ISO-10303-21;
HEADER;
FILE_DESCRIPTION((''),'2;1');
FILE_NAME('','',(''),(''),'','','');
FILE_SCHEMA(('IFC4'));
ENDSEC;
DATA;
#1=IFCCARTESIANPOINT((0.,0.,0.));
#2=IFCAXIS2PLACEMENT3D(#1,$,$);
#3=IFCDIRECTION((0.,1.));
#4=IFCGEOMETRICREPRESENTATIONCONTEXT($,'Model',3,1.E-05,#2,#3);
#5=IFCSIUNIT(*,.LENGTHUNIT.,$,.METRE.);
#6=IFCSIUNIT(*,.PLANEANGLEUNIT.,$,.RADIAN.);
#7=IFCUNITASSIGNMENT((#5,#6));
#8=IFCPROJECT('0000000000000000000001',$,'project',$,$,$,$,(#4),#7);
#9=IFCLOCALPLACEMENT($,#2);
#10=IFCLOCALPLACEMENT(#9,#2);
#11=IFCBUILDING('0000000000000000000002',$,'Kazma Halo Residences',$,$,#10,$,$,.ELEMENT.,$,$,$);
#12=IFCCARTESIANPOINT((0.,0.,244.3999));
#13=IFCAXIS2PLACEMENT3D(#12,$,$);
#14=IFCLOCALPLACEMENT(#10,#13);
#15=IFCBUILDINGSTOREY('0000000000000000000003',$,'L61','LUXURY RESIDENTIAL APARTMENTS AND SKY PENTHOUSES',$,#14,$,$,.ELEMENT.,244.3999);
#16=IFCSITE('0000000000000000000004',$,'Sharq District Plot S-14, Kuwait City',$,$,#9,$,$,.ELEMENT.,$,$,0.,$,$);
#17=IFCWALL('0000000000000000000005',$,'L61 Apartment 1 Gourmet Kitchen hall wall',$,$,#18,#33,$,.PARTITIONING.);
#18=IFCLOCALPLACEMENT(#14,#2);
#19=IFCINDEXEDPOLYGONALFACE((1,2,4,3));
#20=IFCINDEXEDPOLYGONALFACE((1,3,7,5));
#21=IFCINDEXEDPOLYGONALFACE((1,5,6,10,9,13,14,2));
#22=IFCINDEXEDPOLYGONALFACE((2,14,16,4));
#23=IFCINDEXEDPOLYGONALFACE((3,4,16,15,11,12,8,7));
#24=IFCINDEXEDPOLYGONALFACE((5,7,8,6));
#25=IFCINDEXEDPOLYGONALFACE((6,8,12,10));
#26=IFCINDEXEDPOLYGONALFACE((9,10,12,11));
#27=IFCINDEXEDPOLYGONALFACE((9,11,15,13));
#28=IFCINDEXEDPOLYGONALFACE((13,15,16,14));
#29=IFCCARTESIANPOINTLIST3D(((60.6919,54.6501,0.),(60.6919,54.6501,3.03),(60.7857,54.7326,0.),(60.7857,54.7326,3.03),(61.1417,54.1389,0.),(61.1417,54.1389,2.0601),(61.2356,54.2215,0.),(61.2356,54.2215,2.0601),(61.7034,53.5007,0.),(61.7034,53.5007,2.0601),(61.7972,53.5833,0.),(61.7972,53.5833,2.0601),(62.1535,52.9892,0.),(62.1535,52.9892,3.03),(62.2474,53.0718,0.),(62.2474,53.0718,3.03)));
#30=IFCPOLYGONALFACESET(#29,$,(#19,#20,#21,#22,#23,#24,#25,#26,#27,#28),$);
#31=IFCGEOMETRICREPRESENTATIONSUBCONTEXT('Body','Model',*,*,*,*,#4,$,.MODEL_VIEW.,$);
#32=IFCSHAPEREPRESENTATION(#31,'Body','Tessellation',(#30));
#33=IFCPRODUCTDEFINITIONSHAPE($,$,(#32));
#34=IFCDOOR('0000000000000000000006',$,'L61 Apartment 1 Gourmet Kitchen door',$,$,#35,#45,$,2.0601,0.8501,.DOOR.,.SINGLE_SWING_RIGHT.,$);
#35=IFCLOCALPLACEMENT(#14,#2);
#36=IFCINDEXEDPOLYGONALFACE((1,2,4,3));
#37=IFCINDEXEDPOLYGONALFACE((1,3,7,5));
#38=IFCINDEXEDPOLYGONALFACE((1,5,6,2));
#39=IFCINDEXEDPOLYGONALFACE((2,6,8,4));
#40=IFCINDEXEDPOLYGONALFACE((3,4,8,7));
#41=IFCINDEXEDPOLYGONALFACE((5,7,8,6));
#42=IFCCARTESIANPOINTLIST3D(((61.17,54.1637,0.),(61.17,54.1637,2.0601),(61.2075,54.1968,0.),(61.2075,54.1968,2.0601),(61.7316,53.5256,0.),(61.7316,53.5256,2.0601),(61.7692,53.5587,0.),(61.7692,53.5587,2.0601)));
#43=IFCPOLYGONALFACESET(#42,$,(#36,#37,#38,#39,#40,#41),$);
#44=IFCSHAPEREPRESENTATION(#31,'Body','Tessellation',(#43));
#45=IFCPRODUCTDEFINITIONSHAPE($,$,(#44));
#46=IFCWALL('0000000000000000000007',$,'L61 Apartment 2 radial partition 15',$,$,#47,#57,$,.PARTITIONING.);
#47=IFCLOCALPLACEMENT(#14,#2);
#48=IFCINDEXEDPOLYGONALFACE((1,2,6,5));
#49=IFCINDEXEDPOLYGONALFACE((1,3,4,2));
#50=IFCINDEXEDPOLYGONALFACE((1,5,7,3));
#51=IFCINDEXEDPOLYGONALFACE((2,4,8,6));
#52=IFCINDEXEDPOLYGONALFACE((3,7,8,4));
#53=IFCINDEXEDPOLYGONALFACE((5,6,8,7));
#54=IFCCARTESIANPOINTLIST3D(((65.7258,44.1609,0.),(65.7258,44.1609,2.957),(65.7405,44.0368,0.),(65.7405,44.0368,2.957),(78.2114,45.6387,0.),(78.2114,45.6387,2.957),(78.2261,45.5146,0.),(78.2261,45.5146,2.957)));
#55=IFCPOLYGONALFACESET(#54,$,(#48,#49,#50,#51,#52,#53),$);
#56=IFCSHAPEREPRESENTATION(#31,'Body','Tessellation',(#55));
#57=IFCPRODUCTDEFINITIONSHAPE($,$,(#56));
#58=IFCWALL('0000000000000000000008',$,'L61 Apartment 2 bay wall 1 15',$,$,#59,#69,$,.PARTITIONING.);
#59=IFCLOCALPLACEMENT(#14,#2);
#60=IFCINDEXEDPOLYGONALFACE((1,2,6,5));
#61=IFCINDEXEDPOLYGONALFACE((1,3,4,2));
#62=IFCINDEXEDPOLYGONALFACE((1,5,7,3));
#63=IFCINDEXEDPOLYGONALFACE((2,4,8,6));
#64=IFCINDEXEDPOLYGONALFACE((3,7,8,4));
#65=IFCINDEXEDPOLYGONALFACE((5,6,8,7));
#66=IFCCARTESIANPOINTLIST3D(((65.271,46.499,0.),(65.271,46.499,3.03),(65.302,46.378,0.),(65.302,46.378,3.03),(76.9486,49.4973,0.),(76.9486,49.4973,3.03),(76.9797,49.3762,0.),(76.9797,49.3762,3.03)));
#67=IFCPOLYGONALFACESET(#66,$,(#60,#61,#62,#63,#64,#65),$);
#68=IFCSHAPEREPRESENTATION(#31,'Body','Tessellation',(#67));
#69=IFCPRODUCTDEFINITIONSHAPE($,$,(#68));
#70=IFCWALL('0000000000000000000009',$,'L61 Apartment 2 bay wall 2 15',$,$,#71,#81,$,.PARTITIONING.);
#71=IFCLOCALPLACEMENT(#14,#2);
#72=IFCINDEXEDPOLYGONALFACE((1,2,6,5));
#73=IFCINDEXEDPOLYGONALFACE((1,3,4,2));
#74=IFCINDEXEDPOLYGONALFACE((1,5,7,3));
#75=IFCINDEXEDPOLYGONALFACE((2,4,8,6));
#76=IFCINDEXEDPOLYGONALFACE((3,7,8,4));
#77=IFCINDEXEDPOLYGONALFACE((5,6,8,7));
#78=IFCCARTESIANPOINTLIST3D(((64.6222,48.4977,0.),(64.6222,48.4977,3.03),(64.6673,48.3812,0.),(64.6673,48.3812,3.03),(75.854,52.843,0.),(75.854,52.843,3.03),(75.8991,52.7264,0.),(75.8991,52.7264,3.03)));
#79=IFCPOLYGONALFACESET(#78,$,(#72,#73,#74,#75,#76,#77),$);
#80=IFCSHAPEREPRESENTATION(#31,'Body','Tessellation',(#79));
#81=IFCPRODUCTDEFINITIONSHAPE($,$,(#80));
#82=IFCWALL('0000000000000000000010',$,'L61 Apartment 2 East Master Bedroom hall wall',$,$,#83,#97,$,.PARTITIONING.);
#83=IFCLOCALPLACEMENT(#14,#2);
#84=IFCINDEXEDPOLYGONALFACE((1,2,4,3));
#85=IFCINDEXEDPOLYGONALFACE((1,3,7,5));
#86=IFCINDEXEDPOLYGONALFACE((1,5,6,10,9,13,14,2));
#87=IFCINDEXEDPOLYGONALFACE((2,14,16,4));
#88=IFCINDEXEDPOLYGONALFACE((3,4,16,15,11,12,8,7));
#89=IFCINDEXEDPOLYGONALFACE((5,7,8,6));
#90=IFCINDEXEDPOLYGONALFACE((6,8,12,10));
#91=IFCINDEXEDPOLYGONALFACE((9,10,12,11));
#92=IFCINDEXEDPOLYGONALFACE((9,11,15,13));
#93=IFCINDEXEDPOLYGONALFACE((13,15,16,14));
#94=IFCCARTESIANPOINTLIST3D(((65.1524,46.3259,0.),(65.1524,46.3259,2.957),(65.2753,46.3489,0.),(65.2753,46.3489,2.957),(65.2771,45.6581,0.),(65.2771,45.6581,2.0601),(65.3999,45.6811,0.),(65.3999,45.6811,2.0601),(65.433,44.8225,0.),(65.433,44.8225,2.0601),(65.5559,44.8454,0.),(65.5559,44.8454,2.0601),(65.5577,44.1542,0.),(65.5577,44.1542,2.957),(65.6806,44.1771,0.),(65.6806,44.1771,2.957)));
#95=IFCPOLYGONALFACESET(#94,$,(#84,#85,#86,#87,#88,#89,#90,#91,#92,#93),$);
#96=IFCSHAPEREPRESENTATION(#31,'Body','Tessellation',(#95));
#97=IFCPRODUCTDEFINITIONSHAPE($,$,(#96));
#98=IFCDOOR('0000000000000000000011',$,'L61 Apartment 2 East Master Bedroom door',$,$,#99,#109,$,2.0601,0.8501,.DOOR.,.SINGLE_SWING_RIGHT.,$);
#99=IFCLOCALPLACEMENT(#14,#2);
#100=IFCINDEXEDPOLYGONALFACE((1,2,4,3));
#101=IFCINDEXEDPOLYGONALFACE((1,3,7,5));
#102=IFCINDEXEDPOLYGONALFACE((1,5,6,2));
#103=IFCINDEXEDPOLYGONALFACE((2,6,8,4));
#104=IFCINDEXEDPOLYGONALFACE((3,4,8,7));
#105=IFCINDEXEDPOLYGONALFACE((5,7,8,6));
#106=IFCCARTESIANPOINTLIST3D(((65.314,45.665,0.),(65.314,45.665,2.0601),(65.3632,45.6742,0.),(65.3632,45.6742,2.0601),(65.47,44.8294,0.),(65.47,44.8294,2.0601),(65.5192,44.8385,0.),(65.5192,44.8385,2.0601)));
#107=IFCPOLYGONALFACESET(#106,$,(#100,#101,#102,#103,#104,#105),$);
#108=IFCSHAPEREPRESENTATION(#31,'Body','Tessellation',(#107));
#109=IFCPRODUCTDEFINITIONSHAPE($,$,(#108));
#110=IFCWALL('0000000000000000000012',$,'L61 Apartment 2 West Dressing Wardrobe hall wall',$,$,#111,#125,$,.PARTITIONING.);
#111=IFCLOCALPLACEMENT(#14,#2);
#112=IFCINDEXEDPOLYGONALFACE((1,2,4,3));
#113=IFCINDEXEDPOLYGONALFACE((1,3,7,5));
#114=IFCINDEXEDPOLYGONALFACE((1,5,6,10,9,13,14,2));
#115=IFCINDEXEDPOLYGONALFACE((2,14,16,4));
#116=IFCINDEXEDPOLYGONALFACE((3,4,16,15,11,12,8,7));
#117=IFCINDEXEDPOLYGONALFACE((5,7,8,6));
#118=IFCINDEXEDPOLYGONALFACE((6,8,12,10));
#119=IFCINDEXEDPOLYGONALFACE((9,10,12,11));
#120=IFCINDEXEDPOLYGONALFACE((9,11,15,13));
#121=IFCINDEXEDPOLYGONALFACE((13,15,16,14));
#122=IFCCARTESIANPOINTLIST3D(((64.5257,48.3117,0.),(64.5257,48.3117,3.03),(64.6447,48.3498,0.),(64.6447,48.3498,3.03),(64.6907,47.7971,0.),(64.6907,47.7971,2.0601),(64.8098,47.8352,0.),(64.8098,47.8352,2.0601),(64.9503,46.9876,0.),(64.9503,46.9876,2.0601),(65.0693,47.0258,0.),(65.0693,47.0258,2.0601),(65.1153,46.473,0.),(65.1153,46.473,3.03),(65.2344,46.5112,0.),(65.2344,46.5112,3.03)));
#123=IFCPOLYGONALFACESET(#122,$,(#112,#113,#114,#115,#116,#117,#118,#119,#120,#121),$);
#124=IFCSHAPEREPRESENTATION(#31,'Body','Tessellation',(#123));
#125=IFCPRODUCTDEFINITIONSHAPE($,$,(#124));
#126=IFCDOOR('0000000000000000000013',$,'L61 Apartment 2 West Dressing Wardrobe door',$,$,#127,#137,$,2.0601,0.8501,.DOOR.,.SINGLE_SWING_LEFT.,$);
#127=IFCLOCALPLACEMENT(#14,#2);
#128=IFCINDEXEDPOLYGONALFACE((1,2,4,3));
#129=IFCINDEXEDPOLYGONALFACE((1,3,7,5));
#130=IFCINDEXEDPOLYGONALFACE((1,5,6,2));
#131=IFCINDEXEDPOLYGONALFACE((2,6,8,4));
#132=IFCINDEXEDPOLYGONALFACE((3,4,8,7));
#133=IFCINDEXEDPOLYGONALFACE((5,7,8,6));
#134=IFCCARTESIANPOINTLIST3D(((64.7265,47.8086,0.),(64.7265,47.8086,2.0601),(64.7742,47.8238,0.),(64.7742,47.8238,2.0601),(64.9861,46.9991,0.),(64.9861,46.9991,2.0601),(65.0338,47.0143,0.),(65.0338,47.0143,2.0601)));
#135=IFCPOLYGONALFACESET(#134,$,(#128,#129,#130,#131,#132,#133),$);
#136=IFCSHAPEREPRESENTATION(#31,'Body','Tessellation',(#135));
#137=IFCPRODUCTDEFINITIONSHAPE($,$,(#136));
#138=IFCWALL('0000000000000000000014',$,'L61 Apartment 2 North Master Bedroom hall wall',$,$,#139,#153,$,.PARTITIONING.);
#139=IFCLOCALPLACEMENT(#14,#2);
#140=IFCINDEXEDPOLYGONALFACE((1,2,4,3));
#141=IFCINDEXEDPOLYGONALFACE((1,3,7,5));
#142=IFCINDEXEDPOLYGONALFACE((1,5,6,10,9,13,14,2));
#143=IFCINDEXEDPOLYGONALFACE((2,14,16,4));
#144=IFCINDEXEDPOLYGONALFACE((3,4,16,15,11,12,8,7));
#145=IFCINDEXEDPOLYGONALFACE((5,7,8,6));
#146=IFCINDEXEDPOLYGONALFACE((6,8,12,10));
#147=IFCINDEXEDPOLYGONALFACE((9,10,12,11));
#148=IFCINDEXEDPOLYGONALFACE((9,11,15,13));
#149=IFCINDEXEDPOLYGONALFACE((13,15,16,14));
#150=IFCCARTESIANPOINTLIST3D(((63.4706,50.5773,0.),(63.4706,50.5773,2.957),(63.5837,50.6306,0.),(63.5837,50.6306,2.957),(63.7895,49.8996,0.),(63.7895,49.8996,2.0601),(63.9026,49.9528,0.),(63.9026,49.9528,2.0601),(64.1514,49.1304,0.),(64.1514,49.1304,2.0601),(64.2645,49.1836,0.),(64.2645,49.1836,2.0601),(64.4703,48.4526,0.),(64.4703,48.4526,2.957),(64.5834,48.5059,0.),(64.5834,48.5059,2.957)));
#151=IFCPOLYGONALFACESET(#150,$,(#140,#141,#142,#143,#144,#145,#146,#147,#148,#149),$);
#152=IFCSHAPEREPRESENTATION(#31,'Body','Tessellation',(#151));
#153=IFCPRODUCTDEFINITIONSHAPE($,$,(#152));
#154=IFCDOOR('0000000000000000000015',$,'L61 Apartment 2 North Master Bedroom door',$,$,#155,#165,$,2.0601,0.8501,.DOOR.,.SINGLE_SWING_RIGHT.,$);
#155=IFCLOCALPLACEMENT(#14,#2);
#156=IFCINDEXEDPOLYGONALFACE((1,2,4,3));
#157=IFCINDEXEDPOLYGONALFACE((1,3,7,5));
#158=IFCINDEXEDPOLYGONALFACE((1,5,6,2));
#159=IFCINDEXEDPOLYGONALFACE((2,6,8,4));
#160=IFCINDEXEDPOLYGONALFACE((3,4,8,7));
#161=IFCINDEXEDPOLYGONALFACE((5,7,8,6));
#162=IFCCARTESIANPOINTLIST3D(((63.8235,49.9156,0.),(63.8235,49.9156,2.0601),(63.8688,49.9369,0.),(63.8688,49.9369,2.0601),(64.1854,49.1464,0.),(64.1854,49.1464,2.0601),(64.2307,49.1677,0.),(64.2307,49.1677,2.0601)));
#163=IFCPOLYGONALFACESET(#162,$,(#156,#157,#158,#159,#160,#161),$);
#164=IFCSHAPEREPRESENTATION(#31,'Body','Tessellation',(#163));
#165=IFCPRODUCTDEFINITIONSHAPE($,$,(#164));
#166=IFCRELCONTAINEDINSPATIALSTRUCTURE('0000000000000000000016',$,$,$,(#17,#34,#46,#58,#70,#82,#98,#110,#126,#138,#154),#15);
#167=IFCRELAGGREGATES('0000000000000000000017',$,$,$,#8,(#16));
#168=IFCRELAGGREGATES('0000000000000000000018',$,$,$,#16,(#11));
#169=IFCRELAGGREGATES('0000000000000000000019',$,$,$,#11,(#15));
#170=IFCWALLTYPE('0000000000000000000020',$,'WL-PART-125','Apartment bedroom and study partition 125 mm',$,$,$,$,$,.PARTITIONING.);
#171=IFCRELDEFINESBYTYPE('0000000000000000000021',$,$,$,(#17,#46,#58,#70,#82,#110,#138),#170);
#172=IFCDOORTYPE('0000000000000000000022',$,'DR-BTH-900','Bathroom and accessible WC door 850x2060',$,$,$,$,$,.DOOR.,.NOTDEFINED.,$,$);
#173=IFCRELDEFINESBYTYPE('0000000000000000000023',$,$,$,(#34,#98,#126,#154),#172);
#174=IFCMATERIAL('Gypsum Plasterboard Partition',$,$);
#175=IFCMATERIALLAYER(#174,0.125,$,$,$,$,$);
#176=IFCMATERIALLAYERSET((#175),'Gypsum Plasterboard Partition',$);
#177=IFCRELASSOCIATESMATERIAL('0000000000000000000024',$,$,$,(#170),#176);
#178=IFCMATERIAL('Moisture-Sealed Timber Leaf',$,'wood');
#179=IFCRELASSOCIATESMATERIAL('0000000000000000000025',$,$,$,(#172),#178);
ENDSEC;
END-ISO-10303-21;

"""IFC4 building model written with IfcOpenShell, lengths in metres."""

from ifc_helpers import new_model, si_unit, direction, frame, frame_2d, origin, place, context, subcontext, project, spatial, rectangle, extrude, material, layer, layer_set, type_object, element, fill, save


model = new_model("IFC4")

# Units and contexts
model_context = context("Model", 3, precision=1e-05, world=origin(), true_north=direction((0.0, 1.0)))
body_context = subcontext(model_context, "Body", "Model", "MODEL_VIEW")
ifc_project = project(units=[si_unit("LENGTHUNIT", "METRE"), si_unit("PLANEANGLEUNIT", "RADIAN")], contexts=[model_context])

# Site, building, storey
site_placement = place(None, origin())
site = spatial("IfcSite", under=ifc_project, at=site_placement, Name="Sharq District Plot S-14, Kuwait City", CompositionType="ELEMENT", RefElevation=0.0)
building_placement = place(site_placement, origin())
building = spatial("IfcBuilding", under=site, at=building_placement, Name="Kazma Halo Residences", CompositionType="ELEMENT")
storey_placement = place(building_placement, frame((0.0, 0.0, 244.3999)))
storey = spatial("IfcBuildingStorey", under=building, at=storey_placement, Name="L61", Description="LUXURY RESIDENTIAL APARTMENTS AND SKY PENTHOUSES", CompositionType="ELEMENT", Elevation=244.3999)

# Wall, opening, door
ifc_material_1 = material(Name="Gypsum Plasterboard Partition")
ifc_layer_1 = layer(ifc_material_1, 0.125)
ifc_layer_set_1 = layer_set([ifc_layer_1], Name="Gypsum Plasterboard Partition")
wall_type_1 = type_object("IfcWallType", Name="WL-PART-125", Description="Apartment bedroom and study partition 125 mm", PredefinedType="PARTITIONING", material=ifc_layer_set_1)
wall_1_placement = place(storey_placement, frame((62.2004, 53.0305, 0.0), z_axis=(0.0, 0.0, 1.0), x_axis=(-0.66065, 0.750694, 0.0)))
wall_1 = element("IfcWall", 1, at=wall_1_placement, inside=storey, type_object=wall_type_1, Name="L61 Apartment 1 Gourmet Kitchen hall wall", PredefinedType="PARTITIONING", context=body_context, shape_type="SweptSolid", body=[
    extrude(rectangle(XDim=2.2124, YDim=0.125, at=frame_2d((1.1062, 0.0))), origin(), (0.0, 0.0, 1.0), 3.03),
])
opening_1_placement = place(wall_1_placement, frame((0.6814, 0.0, 0.0)))
opening_1 = element("IfcOpeningElement", 2, at=opening_1_placement, cuts=wall_1, PredefinedType="OPENING", context=body_context, shape_type="SweptSolid", body=[
    extrude(rectangle(XDim=0.8501, YDim=2.0601, at=frame_2d((0.425, 1.03))), frame((0.0, 0.0725, 0.0), z_axis=(0.0, -1.0, 0.0), x_axis=(1.0, 0.0, 0.0)), (0.0, 0.0, 1.0), 0.145),
])
ifc_material_2 = material(Name="Moisture-Sealed Timber Leaf", Category="wood")
door_type = type_object("IfcDoorType", Name="DR-BTH-900", Description="Bathroom and accessible WC door 850x2060", OperationType="NOTDEFINED", PredefinedType="DOOR", material=ifc_material_2)
door_1_placement = place(opening_1_placement, origin())
door_1 = element("IfcDoor", 3, at=door_1_placement, inside=storey, type_object=door_type, Name="L61 Apartment 1 Gourmet Kitchen door", OperationType="SINGLE_SWING_RIGHT", OverallHeight=2.0601, OverallWidth=0.8501, PredefinedType="DOOR", context=body_context, shape_type="SweptSolid", body=[
    extrude(rectangle(XDim=0.8501, YDim=2.0601, at=frame_2d((0.425, 1.03))), frame((0.0, 0.0249, 0.0), z_axis=(0.0, -1.0, 0.0), x_axis=(1.0, 0.0, 0.0)), (0.0, 0.0, 1.0), 0.05),
])
fill(opening_1, door_1)

# Walls
wall_2_placement = place(storey_placement, frame((65.7332, 44.0989, 0.0), z_axis=(0.0, 0.0, 1.0), x_axis=(0.993068, 0.117539, 0.0)))
element("IfcWall", 4, at=wall_2_placement, inside=storey, type_object=wall_type_1, Name="L61 Apartment 2 radial partition 15", PredefinedType="PARTITIONING", context=body_context, shape_type="SweptSolid", body=[
    extrude(rectangle(XDim=12.5728, YDim=0.125, at=frame_2d((6.2864, 0.0))), origin(), (0.0, 0.0, 1.0), 2.957),
])
wall_3_placement = place(storey_placement, frame((65.2864, 46.4385, 0.0), z_axis=(0.0, 0.0, 1.0), x_axis=(0.968584, 0.248687, 0.0)))
element("IfcWall", 5, at=wall_3_placement, inside=storey, type_object=wall_type_1, Name="L61 Apartment 2 bay wall 1 15", PredefinedType="PARTITIONING", context=body_context, shape_type="SweptSolid", body=[
    extrude(rectangle(XDim=12.0564, YDim=0.125, at=frame_2d((6.0283, 0.0))), origin(), (0.0, 0.0, 1.0), 3.03),
])
wall_4_placement = place(storey_placement, frame((64.6448, 48.4395, 0.0), z_axis=(0.0, 0.0, 1.0), x_axis=(0.932639, 0.360811, 0.0)))
element("IfcWall", 6, at=wall_4_placement, inside=storey, type_object=wall_type_1, Name="L61 Apartment 2 bay wall 2 15", PredefinedType="PARTITIONING", context=body_context, shape_type="SweptSolid", body=[
    extrude(rectangle(XDim=12.043, YDim=0.125, at=frame_2d((6.0215, 0.0))), origin(), (0.0, 0.0, 1.0), 3.03),
])

# Walls, openings, doors
wall_5_placement = place(storey_placement, frame((65.6191, 44.1658, 0.0), z_axis=(0.0, 0.0, 1.0), x_axis=(-0.183454, 0.983028, 0.0)))
wall_5 = element("IfcWall", 7, at=wall_5_placement, inside=storey, type_object=wall_type_1, Name="L61 Apartment 2 East Master Bedroom hall wall", PredefinedType="PARTITIONING", context=body_context, shape_type="SweptSolid", body=[
    extrude(rectangle(XDim=2.2092, YDim=0.125, at=frame_2d((1.1045, 0.0))), origin(), (0.0, 0.0, 1.0), 2.957),
])
opening_2_placement = place(wall_5_placement, frame((0.6797, 0.0, 0.0)))
opening_2 = element("IfcOpeningElement", 8, at=opening_2_placement, cuts=wall_5, PredefinedType="OPENING", context=body_context, shape_type="SweptSolid", body=[
    extrude(rectangle(XDim=0.8501, YDim=2.0601, at=frame_2d((0.425, 1.03))), frame((0.0, 0.0725, 0.0), z_axis=(0.0, -1.0, 0.0), x_axis=(1.0, 0.0, 0.0)), (0.0, 0.0, 1.0), 0.145),
])
door_2_placement = place(opening_2_placement, origin())
door_2 = element("IfcDoor", 9, at=door_2_placement, inside=storey, type_object=door_type, Name="L61 Apartment 2 East Master Bedroom door", OperationType="SINGLE_SWING_RIGHT", OverallHeight=2.0601, OverallWidth=0.8501, PredefinedType="DOOR", context=body_context, shape_type="SweptSolid", body=[
    extrude(rectangle(XDim=0.8501, YDim=2.0601, at=frame_2d((0.425, 1.03))), frame((0.0, 0.0249, 0.0), z_axis=(0.0, -1.0, 0.0), x_axis=(1.0, 0.0, 0.0)), (0.0, 0.0, 1.0), 0.05),
])
fill(opening_2, door_2)
wall_6_placement = place(storey_placement, frame((65.1748, 46.4922, 0.0), z_axis=(0.0, 0.0, 1.0), x_axis=(-0.305358, 0.952238, 0.0)))
wall_6 = element("IfcWall", 10, at=wall_6_placement, inside=storey, type_object=wall_type_1, Name="L61 Apartment 2 West Dressing Wardrobe hall wall", PredefinedType="PARTITIONING", context=body_context, shape_type="SweptSolid", body=[
    extrude(rectangle(XDim=1.9309, YDim=0.125, at=frame_2d((0.9653, 0.0))), origin(), (0.0, 0.0, 1.0), 3.03),
])
opening_3_placement = place(wall_6_placement, frame((0.5403, 0.0, 0.0)))
opening_3 = element("IfcOpeningElement", 11, at=opening_3_placement, cuts=wall_6, PredefinedType="OPENING", context=body_context, shape_type="SweptSolid", body=[
    extrude(rectangle(XDim=0.8501, YDim=2.0601, at=frame_2d((0.425, 1.03))), frame((0.0, 0.0725, 0.0), z_axis=(0.0, -1.0, 0.0), x_axis=(1.0, 0.0, 0.0)), (0.0, 0.0, 1.0), 0.145),
])
door_3_placement = place(opening_3_placement, origin())
door_3 = element("IfcDoor", 12, at=door_3_placement, inside=storey, type_object=door_type, Name="L61 Apartment 2 West Dressing Wardrobe door", OperationType="SINGLE_SWING_LEFT", OverallHeight=2.0601, OverallWidth=0.8501, PredefinedType="DOOR", context=body_context, shape_type="SweptSolid", body=[
    extrude(rectangle(XDim=0.8501, YDim=2.0601, at=frame_2d((0.425, 1.03))), frame((0.0, 0.0249, 0.0), z_axis=(0.0, -1.0, 0.0), x_axis=(1.0, 0.0, 0.0)), (0.0, 0.0, 1.0), 0.05),
])
fill(opening_3, door_3)
wall_7_placement = place(storey_placement, frame((64.5269, 48.4792, 0.0), z_axis=(0.0, 0.0, 1.0), x_axis=(-0.425752, 0.90484, 0.0)))
wall_7 = element("IfcWall", 13, at=wall_7_placement, inside=storey, type_object=wall_type_1, Name="L61 Apartment 2 North Master Bedroom hall wall", PredefinedType="PARTITIONING", context=body_context, shape_type="SweptSolid", body=[
    extrude(rectangle(XDim=2.3481, YDim=0.125, at=frame_2d((1.1741, 0.0))), origin(), (0.0, 0.0, 1.0), 2.957),
])
opening_4_placement = place(wall_7_placement, frame((0.749, 0.0, 0.0)))
opening_4 = element("IfcOpeningElement", 14, at=opening_4_placement, cuts=wall_7, PredefinedType="OPENING", context=body_context, shape_type="SweptSolid", body=[
    extrude(rectangle(XDim=0.8501, YDim=2.0601, at=frame_2d((0.425, 1.03))), frame((0.0, 0.0725, 0.0), z_axis=(0.0, -1.0, 0.0), x_axis=(1.0, 0.0, 0.0)), (0.0, 0.0, 1.0), 0.145),
])
door_4_placement = place(opening_4_placement, origin())
door_4 = element("IfcDoor", 15, at=door_4_placement, inside=storey, type_object=door_type, Name="L61 Apartment 2 North Master Bedroom door", OperationType="SINGLE_SWING_RIGHT", OverallHeight=2.0601, OverallWidth=0.8501, PredefinedType="DOOR", context=body_context, shape_type="SweptSolid", body=[
    extrude(rectangle(XDim=0.8501, YDim=2.0601, at=frame_2d((0.425, 1.03))), frame((0.0, 0.0249, 0.0), z_axis=(0.0, -1.0, 0.0), x_axis=(1.0, 0.0, 0.0)), (0.0, 0.0, 1.0), 0.05),
])
fill(opening_4, door_4)

save(model, "model.ifc")
